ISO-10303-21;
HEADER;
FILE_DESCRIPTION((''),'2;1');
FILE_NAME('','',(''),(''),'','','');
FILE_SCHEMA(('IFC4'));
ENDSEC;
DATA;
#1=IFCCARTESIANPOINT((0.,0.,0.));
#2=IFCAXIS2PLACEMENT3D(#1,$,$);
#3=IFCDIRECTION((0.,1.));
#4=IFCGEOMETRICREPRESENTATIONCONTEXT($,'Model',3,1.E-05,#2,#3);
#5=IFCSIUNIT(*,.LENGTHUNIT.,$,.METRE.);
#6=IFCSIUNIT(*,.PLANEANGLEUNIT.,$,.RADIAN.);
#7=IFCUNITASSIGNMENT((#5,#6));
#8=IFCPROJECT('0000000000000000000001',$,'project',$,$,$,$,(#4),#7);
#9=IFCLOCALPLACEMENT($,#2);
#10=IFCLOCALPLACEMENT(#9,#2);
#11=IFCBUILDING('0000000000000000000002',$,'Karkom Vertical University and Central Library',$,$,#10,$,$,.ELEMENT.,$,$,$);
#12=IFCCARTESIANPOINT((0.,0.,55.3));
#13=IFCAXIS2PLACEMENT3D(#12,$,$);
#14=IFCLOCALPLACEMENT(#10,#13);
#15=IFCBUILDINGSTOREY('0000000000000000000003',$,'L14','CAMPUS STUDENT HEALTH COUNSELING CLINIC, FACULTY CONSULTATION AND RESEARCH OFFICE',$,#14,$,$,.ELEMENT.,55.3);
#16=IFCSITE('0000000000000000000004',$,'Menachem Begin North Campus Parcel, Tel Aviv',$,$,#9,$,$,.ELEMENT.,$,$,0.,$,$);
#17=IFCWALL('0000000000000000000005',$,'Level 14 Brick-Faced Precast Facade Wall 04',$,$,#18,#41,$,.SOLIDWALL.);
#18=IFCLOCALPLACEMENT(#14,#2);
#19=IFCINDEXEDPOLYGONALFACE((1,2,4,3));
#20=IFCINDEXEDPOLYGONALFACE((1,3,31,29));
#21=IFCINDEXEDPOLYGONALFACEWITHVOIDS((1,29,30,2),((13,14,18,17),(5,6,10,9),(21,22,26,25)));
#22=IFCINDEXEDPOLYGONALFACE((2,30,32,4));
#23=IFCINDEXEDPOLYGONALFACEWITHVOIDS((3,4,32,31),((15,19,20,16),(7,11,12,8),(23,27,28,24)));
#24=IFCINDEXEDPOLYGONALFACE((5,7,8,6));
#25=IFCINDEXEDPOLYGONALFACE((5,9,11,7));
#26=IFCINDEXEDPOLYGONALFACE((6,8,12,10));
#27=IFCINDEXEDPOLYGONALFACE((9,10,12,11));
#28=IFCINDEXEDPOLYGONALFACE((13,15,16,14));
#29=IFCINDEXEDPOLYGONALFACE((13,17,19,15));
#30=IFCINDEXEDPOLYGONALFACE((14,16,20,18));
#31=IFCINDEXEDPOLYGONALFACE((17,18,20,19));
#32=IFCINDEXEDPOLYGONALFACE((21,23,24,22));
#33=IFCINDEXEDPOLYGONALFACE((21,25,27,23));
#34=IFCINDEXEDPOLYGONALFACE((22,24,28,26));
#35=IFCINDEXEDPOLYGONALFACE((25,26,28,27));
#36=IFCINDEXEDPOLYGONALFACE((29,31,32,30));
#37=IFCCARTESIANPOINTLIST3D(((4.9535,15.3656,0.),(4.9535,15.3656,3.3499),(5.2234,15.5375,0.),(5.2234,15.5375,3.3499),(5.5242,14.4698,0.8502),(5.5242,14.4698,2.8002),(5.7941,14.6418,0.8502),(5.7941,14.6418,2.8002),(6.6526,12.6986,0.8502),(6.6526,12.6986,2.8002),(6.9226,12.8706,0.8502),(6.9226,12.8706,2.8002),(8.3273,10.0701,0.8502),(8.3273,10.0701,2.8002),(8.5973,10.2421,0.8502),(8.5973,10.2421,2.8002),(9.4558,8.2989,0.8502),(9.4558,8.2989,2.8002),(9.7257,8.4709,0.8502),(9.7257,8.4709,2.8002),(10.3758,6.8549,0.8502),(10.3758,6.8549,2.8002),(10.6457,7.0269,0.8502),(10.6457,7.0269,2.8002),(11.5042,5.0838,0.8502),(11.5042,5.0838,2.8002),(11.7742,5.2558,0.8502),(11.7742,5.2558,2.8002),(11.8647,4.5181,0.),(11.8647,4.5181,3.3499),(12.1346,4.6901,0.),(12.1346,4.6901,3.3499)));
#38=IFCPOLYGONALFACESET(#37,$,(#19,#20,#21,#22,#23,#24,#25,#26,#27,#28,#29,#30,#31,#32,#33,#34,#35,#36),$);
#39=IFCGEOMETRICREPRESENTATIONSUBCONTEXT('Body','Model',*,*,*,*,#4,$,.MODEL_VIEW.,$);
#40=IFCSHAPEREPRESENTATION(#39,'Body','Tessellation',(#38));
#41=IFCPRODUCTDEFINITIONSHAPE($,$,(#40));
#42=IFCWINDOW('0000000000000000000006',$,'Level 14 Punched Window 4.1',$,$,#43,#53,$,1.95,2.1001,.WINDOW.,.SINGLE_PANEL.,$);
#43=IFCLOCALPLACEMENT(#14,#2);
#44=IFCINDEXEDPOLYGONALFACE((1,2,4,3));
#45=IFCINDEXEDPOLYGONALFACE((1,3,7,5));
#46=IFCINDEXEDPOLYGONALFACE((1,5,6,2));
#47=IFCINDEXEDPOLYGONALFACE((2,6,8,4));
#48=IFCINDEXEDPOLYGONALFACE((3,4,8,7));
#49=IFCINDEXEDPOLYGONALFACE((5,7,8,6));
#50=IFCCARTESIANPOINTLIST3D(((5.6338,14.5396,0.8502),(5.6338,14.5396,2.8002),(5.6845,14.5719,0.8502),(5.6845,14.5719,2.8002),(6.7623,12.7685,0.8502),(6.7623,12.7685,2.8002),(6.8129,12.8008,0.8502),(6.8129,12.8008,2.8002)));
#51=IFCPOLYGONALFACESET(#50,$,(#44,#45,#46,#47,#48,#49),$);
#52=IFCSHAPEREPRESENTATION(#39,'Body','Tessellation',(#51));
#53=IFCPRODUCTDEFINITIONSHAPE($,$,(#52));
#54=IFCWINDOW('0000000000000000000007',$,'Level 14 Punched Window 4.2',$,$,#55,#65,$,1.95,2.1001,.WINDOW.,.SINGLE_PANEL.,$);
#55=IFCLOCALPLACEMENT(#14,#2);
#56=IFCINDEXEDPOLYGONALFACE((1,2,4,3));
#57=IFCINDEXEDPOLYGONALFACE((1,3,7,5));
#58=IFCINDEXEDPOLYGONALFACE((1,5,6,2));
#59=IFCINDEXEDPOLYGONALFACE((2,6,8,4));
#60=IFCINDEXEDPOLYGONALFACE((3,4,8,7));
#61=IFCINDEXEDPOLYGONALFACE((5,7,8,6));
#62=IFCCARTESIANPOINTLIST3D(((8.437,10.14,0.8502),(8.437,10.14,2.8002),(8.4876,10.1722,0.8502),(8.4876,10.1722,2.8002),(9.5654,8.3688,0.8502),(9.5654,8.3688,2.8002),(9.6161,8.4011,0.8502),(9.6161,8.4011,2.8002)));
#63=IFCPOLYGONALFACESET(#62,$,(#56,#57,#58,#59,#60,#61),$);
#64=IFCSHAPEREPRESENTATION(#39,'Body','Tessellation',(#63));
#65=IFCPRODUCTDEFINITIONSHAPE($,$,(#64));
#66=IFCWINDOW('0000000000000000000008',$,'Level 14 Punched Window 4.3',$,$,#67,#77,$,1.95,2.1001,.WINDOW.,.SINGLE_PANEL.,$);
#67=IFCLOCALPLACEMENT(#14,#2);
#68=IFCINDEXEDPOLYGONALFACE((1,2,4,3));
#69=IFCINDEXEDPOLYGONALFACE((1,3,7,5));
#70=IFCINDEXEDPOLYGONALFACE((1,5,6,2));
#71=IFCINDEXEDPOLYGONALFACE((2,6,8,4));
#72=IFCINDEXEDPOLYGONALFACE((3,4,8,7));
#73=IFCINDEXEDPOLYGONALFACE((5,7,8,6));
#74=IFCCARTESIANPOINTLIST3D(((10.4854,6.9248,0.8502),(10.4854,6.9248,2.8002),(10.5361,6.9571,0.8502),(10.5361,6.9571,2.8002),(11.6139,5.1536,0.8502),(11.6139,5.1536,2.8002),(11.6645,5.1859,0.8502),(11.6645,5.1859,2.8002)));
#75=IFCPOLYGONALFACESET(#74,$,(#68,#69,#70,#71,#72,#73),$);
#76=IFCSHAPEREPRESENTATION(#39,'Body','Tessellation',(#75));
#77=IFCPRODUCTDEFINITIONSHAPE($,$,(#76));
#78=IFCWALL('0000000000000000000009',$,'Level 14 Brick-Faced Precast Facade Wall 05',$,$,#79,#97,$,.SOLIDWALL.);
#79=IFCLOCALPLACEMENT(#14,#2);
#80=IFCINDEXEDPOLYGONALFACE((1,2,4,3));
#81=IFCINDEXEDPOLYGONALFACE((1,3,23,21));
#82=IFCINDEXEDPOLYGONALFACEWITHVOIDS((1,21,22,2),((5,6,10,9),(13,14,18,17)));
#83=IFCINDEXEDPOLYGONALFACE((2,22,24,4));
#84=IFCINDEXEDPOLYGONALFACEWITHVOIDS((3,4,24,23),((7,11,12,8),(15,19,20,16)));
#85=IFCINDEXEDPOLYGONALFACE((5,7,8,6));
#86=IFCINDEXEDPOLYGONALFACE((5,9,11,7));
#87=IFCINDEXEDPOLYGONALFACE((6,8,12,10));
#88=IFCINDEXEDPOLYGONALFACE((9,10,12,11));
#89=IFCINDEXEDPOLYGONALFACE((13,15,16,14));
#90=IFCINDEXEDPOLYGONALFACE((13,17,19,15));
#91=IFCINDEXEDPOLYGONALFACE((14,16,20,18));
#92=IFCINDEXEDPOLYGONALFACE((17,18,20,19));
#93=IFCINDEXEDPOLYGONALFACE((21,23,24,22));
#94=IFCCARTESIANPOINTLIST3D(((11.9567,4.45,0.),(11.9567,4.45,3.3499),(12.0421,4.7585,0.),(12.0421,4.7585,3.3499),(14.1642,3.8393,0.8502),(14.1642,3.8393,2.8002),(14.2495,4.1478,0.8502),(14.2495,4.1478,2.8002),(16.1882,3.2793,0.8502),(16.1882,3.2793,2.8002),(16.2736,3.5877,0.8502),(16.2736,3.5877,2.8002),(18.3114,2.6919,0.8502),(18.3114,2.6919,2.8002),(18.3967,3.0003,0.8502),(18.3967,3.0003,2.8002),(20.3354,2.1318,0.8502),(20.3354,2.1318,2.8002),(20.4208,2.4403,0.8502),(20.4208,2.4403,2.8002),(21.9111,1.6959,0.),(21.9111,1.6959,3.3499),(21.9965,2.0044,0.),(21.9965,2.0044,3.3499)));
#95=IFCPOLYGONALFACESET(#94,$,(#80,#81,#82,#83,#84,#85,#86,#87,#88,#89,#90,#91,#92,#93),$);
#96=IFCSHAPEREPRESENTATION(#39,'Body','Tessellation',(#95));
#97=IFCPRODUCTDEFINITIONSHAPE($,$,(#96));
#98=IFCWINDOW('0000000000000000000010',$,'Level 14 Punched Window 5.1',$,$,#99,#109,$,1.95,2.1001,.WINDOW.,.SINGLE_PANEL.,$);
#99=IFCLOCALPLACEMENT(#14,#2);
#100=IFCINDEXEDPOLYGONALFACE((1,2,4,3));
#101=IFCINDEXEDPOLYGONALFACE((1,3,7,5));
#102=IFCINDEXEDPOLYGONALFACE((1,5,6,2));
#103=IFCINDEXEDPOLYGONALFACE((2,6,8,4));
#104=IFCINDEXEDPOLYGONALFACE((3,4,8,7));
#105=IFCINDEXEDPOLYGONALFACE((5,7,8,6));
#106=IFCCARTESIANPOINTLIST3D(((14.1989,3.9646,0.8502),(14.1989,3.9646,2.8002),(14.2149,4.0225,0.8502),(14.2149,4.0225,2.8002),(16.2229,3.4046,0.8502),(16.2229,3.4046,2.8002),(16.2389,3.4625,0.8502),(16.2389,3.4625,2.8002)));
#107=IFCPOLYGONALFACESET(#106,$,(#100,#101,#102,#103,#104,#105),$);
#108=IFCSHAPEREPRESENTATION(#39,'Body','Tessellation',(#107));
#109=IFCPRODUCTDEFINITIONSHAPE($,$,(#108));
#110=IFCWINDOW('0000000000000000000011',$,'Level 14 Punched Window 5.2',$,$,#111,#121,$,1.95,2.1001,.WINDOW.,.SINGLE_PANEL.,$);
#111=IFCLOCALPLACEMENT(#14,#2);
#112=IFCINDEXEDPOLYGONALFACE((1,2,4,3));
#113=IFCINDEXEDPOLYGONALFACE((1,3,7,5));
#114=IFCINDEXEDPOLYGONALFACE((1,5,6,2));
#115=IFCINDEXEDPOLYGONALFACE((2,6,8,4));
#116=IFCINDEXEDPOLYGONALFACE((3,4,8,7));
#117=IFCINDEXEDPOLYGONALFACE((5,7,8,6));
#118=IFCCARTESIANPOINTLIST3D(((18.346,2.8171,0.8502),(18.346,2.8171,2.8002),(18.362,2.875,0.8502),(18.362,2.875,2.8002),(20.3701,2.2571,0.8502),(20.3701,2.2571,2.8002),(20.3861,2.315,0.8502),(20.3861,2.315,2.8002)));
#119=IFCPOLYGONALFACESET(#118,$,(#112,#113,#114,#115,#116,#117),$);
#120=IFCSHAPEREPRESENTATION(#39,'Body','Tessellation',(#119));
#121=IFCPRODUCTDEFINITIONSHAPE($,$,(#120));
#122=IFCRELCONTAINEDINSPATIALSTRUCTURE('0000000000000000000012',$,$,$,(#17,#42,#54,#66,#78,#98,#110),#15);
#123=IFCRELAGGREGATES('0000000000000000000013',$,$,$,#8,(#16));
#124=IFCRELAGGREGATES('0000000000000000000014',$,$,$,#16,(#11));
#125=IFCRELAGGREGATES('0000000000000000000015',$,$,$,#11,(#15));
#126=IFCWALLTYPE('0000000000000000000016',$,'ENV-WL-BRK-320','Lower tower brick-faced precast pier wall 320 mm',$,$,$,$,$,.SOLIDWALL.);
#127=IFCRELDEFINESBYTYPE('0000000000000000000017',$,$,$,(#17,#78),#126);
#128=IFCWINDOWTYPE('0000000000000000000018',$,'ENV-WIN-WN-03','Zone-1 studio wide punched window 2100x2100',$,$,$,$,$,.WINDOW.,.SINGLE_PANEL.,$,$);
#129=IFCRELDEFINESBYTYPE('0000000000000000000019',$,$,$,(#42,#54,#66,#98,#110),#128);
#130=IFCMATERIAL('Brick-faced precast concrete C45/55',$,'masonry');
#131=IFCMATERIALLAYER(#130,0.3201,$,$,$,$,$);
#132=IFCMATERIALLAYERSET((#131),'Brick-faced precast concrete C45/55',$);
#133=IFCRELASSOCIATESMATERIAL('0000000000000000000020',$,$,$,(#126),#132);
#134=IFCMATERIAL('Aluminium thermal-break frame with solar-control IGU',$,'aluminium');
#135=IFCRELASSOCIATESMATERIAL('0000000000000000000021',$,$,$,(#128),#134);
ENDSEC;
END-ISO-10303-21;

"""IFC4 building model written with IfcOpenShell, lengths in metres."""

from ifc_helpers import new_model, si_unit, direction, frame, frame_2d, origin, origin_with_axes, place, context, subcontext, project, spatial, rectangle, extrude, source, transform, mapped, material, layer, layer_set, type_object, element, fill, save


model = new_model("IFC4")

# Units and contexts
model_context = context("Model", 3, precision=1e-05, world=origin(), true_north=direction((0.0, 1.0)))
body_context = subcontext(model_context, "Body", "Model", "MODEL_VIEW")
ifc_project = project(units=[si_unit("LENGTHUNIT", "METRE"), si_unit("PLANEANGLEUNIT", "RADIAN")], contexts=[model_context])

# Site, building, storey
site_placement = place(None, origin())
site = spatial("IfcSite", under=ifc_project, at=site_placement, Name="Menachem Begin North Campus Parcel, Tel Aviv", CompositionType="ELEMENT", RefElevation=0.0)
building_placement = place(site_placement, origin())
building = spatial("IfcBuilding", under=site, at=building_placement, Name="Karkom Vertical University and Central Library", CompositionType="ELEMENT")
storey_placement = place(building_placement, frame((0.0, 0.0, 55.3)))
storey = spatial("IfcBuildingStorey", under=building, at=storey_placement, Name="L14", Description="CAMPUS STUDENT HEALTH COUNSELING CLINIC, FACULTY CONSULTATION AND RESEARCH OFFICE", CompositionType="ELEMENT", Elevation=55.3)

# Walls, openings, windows
ifc_material_1 = material(Name="Brick-faced precast concrete C45/55", Category="masonry")
ifc_layer_1 = layer(ifc_material_1, 0.3201)
ifc_layer_set_1 = layer_set([ifc_layer_1], Name="Brick-faced precast concrete C45/55")
wall_type_1 = type_object("IfcWallType", Name="ENV-WL-BRK-320", Description="Lower tower brick-faced precast pier wall 320 mm", PredefinedType="SOLIDWALL", material=ifc_layer_set_1)
wall_1_placement = place(storey_placement, frame((5.0884, 15.4517, 0.0), z_axis=(0.0, 0.0, 1.0), x_axis=(0.537331, -0.843371, 0.0)))
wall_1 = element("IfcWall", 1, at=wall_1_placement, inside=storey, type_object=wall_type_1, Name="Level 14 Brick-Faced Precast Facade Wall 04", PredefinedType="SOLIDWALL", context=body_context, shape_type="SweptSolid", body=[
    extrude(rectangle(XDim=12.8621, YDim=0.3201, at=frame_2d((6.4312, 0.0))), origin(), (0.0, 0.0, 1.0), 3.3499),
])
opening_1_placement = place(wall_1_placement, frame((1.0623, 0.0, 0.8501)))
opening_1 = element("IfcOpeningElement", 2, at=opening_1_placement, cuts=wall_1, PredefinedType="OPENING", context=body_context, shape_type="SweptSolid", body=[
    extrude(rectangle(XDim=2.1001, YDim=1.95, at=frame_2d((1.05, 0.9751))), frame((0.0, 0.1699, 0.0), z_axis=(0.0, -1.0, 0.0), x_axis=(1.0, 0.0, 0.0)), (0.0, 0.0, 1.0), 0.3401),
])
opening_2_placement = place(wall_1_placement, frame((6.2791, 0.0, 0.8501)))
opening_2 = element("IfcOpeningElement", 3, at=opening_2_placement, cuts=wall_1, PredefinedType="OPENING", context=body_context, shape_type="SweptSolid", body=[
    extrude(rectangle(XDim=2.1001, YDim=1.95, at=frame_2d((1.05, 0.9751))), frame((0.0, 0.1699, 0.0), z_axis=(0.0, -1.0, 0.0), x_axis=(1.0, 0.0, 0.0)), (0.0, 0.0, 1.0), 0.3401),
])
opening_3_placement = place(wall_1_placement, frame((10.0913, 0.0, 0.8501)))
opening_3 = element("IfcOpeningElement", 4, at=opening_3_placement, cuts=wall_1, PredefinedType="OPENING", context=body_context, shape_type="SweptSolid", body=[
    extrude(rectangle(XDim=2.1001, YDim=1.95, at=frame_2d((1.05, 0.9751))), frame((0.0, 0.1699, 0.0), z_axis=(0.0, -1.0, 0.0), x_axis=(1.0, 0.0, 0.0)), (0.0, 0.0, 1.0), 0.3401),
])
ifc_material_2 = material(Name="Aluminium thermal-break frame with solar-control IGU", Category="aluminium")
window_type = type_object("IfcWindowType", Name="ENV-WIN-WN-03", Description="Zone-1 studio wide punched window 2100x2100", PartitioningType="SINGLE_PANEL", PredefinedType="WINDOW", material=ifc_material_2)
shared_shape_1 = source(origin_with_axes(), body_context, "Body", "SweptSolid", [
    extrude(rectangle(XDim=2.1001, YDim=1.95, at=frame_2d((1.05, 0.9751))), frame((0.0, 0.03, 0.0), z_axis=(0.0, -1.0, 0.0), x_axis=(1.0, 0.0, 0.0)), (0.0, 0.0, 1.0), 0.0601),
])
window_1_placement = place(opening_1_placement, origin())
window_1 = element("IfcWindow", 5, at=window_1_placement, inside=storey, type_object=window_type, Name="Level 14 Punched Window 4.1", OverallHeight=1.95, OverallWidth=2.1001, PartitioningType="SINGLE_PANEL", PredefinedType="WINDOW", context=body_context, shape_type="MappedRepresentation", body=[
    mapped(shared_shape_1, transform((0.0, 0.0, 0.0), scale=1.0)),
])
fill(opening_1, window_1)
window_2_placement = place(opening_2_placement, origin())
window_2 = element("IfcWindow", 6, at=window_2_placement, inside=storey, type_object=window_type, Name="Level 14 Punched Window 4.2", OverallHeight=1.95, OverallWidth=2.1001, PartitioningType="SINGLE_PANEL", PredefinedType="WINDOW", context=body_context, shape_type="MappedRepresentation", body=[
    mapped(shared_shape_1, transform((0.0, 0.0, 0.0), scale=1.0)),
])
fill(opening_2, window_2)
window_3_placement = place(opening_3_placement, origin())
window_3 = element("IfcWindow", 7, at=window_3_placement, inside=storey, type_object=window_type, Name="Level 14 Punched Window 4.3", OverallHeight=1.95, OverallWidth=2.1001, PartitioningType="SINGLE_PANEL", PredefinedType="WINDOW", context=body_context, shape_type="MappedRepresentation", body=[
    mapped(shared_shape_1, transform((0.0, 0.0, 0.0), scale=1.0)),
])
fill(opening_3, window_3)
wall_2_placement = place(storey_placement, frame((11.9995, 4.6042, 0.0), z_axis=(0.0, 0.0, 1.0), x_axis=(0.963791, -0.26666, 0.0)))
wall_2 = element("IfcWall", 8, at=wall_2_placement, inside=storey, type_object=wall_type_1, Name="Level 14 Brick-Faced Precast Facade Wall 05", PredefinedType="SOLIDWALL", context=body_context, shape_type="SweptSolid", body=[
    extrude(rectangle(XDim=10.3284, YDim=0.3201, at=frame_2d((5.1641, 0.0))), origin(), (0.0, 0.0, 1.0), 3.3499),
])
opening_4_placement = place(wall_2_placement, frame((2.2903, 0.0, 0.8501)))
opening_4 = element("IfcOpeningElement", 9, at=opening_4_placement, cuts=wall_2, PredefinedType="OPENING", context=body_context, shape_type="SweptSolid", body=[
    extrude(rectangle(XDim=2.1001, YDim=1.95, at=frame_2d((1.05, 0.9751))), frame((0.0, 0.1699, 0.0), z_axis=(0.0, -1.0, 0.0), x_axis=(1.0, 0.0, 0.0)), (0.0, 0.0, 1.0), 0.3401),
])
opening_5_placement = place(wall_2_placement, frame((6.5933, 0.0, 0.8501)))
opening_5 = element("IfcOpeningElement", 10, at=opening_5_placement, cuts=wall_2, PredefinedType="OPENING", context=body_context, shape_type="SweptSolid", body=[
    extrude(rectangle(XDim=2.1001, YDim=1.95, at=frame_2d((1.05, 0.9751))), frame((0.0, 0.1699, 0.0), z_axis=(0.0, -1.0, 0.0), x_axis=(1.0, 0.0, 0.0)), (0.0, 0.0, 1.0), 0.3401),
])
window_4_placement = place(opening_4_placement, origin())
window_4 = element("IfcWindow", 11, at=window_4_placement, inside=storey, type_object=window_type, Name="Level 14 Punched Window 5.1", OverallHeight=1.95, OverallWidth=2.1001, PartitioningType="SINGLE_PANEL", PredefinedType="WINDOW", context=body_context, shape_type="MappedRepresentation", body=[
    mapped(shared_shape_1, transform((0.0, 0.0, 0.0), scale=1.0)),
])
fill(opening_4, window_4)
window_5_placement = place(opening_5_placement, origin())
window_5 = element("IfcWindow", 12, at=window_5_placement, inside=storey, type_object=window_type, Name="Level 14 Punched Window 5.2", OverallHeight=1.95, OverallWidth=2.1001, PartitioningType="SINGLE_PANEL", PredefinedType="WINDOW", context=body_context, shape_type="MappedRepresentation", body=[
    mapped(shared_shape_1, transform((0.0, 0.0, 0.0), scale=1.0)),
])
fill(opening_5, window_5)

save(model, "model.ifc")
